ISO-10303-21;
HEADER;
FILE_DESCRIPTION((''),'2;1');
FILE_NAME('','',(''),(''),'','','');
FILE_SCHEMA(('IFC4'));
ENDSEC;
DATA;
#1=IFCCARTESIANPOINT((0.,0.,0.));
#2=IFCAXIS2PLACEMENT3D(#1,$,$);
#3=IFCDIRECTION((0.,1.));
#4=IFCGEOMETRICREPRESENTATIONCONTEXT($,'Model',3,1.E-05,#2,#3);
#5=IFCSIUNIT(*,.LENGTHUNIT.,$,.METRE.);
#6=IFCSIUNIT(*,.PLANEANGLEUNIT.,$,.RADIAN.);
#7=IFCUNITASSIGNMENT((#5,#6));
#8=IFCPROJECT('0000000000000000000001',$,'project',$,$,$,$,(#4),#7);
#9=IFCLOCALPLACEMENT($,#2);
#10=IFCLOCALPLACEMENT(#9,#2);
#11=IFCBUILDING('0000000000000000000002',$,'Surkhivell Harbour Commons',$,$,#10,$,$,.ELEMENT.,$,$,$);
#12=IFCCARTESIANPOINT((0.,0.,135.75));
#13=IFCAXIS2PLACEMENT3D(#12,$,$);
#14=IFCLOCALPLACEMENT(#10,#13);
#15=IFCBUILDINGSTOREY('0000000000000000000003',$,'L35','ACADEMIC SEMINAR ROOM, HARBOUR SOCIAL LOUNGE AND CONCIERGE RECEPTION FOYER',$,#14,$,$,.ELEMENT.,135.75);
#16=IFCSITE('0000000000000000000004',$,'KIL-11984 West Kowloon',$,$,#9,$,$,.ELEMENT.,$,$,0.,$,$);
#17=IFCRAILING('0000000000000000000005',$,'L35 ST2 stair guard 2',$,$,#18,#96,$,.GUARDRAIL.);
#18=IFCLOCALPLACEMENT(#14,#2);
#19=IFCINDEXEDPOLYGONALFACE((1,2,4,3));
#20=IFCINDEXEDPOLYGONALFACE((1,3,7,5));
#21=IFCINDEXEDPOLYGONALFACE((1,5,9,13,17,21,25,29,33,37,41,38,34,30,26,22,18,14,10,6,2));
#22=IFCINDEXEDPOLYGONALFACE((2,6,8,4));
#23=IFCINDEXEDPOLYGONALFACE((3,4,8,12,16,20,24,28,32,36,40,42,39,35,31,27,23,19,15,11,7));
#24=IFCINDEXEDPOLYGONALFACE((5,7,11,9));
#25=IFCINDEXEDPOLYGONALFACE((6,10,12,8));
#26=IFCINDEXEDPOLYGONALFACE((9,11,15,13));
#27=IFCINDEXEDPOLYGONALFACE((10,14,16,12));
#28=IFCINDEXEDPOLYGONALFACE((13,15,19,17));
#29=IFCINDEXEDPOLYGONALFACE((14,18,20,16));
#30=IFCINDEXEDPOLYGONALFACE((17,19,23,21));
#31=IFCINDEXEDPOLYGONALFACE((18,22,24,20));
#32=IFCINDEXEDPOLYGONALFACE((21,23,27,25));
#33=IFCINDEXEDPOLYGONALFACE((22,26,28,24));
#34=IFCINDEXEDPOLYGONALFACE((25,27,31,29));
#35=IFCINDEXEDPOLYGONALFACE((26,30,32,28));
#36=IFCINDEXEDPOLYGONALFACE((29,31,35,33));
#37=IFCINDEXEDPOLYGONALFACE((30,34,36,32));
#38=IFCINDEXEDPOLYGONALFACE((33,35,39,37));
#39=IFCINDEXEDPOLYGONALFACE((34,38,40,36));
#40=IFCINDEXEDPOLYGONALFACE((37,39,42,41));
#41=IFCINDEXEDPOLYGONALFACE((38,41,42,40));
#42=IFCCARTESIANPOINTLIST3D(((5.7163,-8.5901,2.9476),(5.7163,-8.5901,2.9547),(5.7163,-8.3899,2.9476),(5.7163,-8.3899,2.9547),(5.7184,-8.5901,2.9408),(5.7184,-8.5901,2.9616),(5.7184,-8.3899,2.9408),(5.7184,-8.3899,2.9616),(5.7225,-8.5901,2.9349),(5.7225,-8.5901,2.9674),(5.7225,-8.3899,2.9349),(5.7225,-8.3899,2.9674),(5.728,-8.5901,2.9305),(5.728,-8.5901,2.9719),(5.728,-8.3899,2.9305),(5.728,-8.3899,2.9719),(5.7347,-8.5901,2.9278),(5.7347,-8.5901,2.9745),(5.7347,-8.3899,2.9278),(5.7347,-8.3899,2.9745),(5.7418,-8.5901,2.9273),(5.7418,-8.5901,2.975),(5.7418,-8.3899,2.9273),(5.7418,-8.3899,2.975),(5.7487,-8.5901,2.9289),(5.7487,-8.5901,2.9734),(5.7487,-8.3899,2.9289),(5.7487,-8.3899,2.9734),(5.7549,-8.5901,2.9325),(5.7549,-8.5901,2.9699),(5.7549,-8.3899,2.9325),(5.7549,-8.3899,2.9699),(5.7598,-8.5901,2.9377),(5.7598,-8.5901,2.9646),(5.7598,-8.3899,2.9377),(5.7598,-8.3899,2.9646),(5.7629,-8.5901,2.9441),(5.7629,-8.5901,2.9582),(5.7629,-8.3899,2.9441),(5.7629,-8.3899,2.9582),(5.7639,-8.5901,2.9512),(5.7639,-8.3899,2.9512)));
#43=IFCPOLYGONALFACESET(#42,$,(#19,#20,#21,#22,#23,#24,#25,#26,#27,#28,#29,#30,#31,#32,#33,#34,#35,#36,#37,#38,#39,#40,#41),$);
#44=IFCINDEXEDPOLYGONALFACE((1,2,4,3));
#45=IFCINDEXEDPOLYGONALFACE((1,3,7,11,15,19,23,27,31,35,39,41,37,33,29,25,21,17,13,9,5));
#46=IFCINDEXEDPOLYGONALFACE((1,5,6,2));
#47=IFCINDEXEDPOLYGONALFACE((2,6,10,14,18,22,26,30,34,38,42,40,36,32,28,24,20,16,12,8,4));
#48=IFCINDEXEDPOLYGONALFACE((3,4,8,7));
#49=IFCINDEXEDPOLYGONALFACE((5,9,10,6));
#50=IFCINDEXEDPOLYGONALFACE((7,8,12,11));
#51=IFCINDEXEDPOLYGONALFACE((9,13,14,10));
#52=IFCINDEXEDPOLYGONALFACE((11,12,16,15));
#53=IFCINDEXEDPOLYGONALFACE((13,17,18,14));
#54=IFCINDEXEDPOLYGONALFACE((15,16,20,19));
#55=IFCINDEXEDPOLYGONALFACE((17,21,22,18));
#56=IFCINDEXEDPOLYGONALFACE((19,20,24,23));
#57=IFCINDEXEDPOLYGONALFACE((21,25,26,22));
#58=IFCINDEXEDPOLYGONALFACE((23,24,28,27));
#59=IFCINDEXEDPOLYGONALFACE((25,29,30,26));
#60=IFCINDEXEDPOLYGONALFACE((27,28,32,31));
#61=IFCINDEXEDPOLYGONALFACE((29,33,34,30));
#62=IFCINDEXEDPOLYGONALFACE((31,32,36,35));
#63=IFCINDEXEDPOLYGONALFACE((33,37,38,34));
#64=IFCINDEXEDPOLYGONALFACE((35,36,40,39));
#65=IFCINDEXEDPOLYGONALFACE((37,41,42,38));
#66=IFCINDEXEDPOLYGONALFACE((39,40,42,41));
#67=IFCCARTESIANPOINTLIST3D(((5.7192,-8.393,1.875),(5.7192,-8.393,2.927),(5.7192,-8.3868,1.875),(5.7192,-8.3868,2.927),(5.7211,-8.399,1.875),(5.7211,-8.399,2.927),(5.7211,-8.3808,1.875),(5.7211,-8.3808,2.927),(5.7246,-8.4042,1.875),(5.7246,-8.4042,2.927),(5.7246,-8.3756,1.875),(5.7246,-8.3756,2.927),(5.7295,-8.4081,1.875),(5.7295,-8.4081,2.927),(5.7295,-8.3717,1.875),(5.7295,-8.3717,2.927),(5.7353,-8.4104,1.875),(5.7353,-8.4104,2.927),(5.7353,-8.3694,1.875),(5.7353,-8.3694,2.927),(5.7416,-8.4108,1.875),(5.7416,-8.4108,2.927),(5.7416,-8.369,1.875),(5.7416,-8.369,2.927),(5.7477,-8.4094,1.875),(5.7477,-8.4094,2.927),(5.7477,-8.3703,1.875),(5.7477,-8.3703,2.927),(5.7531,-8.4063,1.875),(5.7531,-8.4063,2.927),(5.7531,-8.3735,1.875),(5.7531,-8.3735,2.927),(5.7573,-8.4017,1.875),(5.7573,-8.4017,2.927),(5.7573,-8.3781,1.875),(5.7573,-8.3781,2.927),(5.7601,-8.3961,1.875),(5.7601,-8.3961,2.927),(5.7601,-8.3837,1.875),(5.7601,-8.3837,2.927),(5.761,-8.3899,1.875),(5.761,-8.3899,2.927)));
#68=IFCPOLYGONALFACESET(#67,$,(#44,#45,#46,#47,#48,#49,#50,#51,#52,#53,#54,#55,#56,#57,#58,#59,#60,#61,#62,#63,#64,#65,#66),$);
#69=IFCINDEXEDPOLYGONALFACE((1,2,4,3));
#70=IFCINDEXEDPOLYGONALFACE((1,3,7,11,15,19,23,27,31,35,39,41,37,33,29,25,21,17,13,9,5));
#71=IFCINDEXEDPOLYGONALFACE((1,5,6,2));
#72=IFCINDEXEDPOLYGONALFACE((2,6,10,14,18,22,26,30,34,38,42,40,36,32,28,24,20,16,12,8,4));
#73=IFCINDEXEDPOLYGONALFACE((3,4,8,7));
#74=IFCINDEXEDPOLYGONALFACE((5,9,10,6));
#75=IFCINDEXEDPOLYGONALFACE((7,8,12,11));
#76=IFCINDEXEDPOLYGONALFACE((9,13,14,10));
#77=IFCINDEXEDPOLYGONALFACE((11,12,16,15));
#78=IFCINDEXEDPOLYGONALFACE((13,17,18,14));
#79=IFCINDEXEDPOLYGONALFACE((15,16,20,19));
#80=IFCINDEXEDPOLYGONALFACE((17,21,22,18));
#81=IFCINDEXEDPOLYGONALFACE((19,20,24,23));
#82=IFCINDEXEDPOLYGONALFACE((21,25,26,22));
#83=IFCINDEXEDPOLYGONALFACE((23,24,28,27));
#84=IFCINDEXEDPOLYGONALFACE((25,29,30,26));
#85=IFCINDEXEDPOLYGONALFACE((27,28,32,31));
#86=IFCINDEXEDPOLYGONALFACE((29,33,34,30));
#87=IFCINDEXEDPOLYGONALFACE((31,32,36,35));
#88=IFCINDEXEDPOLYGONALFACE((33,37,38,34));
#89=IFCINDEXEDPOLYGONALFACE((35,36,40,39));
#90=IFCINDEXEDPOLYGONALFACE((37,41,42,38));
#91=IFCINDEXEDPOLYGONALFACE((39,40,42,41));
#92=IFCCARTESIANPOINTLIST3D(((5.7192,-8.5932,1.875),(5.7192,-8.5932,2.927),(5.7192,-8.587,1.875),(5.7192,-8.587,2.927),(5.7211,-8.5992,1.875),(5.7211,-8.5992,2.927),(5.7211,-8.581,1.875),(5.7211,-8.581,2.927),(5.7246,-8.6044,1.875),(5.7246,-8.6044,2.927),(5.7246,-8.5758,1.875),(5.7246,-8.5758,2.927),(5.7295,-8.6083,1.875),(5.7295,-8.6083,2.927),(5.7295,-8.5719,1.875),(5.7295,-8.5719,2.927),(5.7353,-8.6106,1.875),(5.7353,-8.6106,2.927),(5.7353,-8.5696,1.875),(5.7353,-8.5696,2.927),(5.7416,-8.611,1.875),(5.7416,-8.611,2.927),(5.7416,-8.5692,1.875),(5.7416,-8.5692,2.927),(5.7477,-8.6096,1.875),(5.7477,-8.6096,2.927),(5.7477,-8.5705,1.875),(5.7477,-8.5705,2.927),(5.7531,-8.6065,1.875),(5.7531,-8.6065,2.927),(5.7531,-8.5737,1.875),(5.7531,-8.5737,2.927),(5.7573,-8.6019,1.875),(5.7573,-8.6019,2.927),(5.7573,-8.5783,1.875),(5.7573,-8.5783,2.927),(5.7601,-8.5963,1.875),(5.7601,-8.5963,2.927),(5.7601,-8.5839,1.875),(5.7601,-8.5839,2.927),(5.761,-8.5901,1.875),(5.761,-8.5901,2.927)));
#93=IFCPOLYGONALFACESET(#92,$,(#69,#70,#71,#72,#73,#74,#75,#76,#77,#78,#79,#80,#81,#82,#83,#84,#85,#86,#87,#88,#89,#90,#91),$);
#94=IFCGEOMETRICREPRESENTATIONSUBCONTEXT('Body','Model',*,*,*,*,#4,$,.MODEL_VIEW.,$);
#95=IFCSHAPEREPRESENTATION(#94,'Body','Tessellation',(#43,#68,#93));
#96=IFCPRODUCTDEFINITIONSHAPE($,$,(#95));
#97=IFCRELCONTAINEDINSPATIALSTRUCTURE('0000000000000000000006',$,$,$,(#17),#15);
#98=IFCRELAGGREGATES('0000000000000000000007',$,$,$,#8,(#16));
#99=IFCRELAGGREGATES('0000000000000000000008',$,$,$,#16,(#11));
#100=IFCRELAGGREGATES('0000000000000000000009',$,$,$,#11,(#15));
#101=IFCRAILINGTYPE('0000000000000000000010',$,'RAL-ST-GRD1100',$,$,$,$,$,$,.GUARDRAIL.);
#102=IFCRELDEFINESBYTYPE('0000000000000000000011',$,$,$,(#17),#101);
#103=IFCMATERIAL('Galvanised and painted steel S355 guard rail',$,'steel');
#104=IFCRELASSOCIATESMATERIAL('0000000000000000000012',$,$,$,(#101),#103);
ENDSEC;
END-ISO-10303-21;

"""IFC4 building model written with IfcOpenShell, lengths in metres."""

from ifc_helpers import new_model, si_unit, direction, frame, origin, origin_2d, place, context, subcontext, project, spatial, circle, extrude, material, type_object, element, save


model = new_model("IFC4")

# Units and contexts
model_context = context("Model", 3, precision=1e-05, world=origin(), true_north=direction((0.0, 1.0)))
body_context = subcontext(model_context, "Body", "Model", "MODEL_VIEW")
ifc_project = project(units=[si_unit("LENGTHUNIT", "METRE"), si_unit("PLANEANGLEUNIT", "RADIAN")], contexts=[model_context])

# Site, building, storey
site_placement = place(None, origin())
site = spatial("IfcSite", under=ifc_project, at=site_placement, Name="KIL-11984 West Kowloon", CompositionType="ELEMENT", RefElevation=0.0)
building_placement = place(site_placement, origin())
building = spatial("IfcBuilding", under=site, at=building_placement, Name="Surkhivell Harbour Commons", CompositionType="ELEMENT")
storey_placement = place(building_placement, frame((0.0, 0.0, 135.75)))
storey = spatial("IfcBuildingStorey", under=building, at=storey_placement, Name="L35", Description="ACADEMIC SEMINAR ROOM, HARBOUR SOCIAL LOUNGE AND CONCIERGE RECEPTION FOYER", CompositionType="ELEMENT", Elevation=135.75)

# Railing
ifc_material_1 = material(Name="Galvanised and painted steel S355 guard rail", Category="steel")
railing_type_1 = type_object("IfcRailingType", Name="RAL-ST-GRD1100", PredefinedType="GUARDRAIL", material=ifc_material_1)
railing_1_placement = place(storey_placement, frame((5.74, -8.3899, 1.875)))
element("IfcRailing", 1, at=railing_1_placement, inside=storey, type_object=railing_type_1, Name="L35 ST2 stair guard 2", PredefinedType="GUARDRAIL", context=body_context, shape_type="SweptSolid", body=[
    extrude(circle(Radius=0.0239, at=origin_2d()), frame((0.0, 0.0, 1.0762), z_axis=(0.0, -1.0, 0.0), x_axis=(1.0, 0.0, 0.0)), (0.0, 0.0, 1.0), 0.2002),
    extrude(circle(Radius=0.021, at=origin_2d()), origin(), (0.0, 0.0, 1.0), 1.052),
    extrude(circle(Radius=0.021, at=origin_2d()), frame((0.0, -0.2002, 0.0)), (0.0, 0.0, 1.0), 1.052),
])

save(model, "model.ifc")
